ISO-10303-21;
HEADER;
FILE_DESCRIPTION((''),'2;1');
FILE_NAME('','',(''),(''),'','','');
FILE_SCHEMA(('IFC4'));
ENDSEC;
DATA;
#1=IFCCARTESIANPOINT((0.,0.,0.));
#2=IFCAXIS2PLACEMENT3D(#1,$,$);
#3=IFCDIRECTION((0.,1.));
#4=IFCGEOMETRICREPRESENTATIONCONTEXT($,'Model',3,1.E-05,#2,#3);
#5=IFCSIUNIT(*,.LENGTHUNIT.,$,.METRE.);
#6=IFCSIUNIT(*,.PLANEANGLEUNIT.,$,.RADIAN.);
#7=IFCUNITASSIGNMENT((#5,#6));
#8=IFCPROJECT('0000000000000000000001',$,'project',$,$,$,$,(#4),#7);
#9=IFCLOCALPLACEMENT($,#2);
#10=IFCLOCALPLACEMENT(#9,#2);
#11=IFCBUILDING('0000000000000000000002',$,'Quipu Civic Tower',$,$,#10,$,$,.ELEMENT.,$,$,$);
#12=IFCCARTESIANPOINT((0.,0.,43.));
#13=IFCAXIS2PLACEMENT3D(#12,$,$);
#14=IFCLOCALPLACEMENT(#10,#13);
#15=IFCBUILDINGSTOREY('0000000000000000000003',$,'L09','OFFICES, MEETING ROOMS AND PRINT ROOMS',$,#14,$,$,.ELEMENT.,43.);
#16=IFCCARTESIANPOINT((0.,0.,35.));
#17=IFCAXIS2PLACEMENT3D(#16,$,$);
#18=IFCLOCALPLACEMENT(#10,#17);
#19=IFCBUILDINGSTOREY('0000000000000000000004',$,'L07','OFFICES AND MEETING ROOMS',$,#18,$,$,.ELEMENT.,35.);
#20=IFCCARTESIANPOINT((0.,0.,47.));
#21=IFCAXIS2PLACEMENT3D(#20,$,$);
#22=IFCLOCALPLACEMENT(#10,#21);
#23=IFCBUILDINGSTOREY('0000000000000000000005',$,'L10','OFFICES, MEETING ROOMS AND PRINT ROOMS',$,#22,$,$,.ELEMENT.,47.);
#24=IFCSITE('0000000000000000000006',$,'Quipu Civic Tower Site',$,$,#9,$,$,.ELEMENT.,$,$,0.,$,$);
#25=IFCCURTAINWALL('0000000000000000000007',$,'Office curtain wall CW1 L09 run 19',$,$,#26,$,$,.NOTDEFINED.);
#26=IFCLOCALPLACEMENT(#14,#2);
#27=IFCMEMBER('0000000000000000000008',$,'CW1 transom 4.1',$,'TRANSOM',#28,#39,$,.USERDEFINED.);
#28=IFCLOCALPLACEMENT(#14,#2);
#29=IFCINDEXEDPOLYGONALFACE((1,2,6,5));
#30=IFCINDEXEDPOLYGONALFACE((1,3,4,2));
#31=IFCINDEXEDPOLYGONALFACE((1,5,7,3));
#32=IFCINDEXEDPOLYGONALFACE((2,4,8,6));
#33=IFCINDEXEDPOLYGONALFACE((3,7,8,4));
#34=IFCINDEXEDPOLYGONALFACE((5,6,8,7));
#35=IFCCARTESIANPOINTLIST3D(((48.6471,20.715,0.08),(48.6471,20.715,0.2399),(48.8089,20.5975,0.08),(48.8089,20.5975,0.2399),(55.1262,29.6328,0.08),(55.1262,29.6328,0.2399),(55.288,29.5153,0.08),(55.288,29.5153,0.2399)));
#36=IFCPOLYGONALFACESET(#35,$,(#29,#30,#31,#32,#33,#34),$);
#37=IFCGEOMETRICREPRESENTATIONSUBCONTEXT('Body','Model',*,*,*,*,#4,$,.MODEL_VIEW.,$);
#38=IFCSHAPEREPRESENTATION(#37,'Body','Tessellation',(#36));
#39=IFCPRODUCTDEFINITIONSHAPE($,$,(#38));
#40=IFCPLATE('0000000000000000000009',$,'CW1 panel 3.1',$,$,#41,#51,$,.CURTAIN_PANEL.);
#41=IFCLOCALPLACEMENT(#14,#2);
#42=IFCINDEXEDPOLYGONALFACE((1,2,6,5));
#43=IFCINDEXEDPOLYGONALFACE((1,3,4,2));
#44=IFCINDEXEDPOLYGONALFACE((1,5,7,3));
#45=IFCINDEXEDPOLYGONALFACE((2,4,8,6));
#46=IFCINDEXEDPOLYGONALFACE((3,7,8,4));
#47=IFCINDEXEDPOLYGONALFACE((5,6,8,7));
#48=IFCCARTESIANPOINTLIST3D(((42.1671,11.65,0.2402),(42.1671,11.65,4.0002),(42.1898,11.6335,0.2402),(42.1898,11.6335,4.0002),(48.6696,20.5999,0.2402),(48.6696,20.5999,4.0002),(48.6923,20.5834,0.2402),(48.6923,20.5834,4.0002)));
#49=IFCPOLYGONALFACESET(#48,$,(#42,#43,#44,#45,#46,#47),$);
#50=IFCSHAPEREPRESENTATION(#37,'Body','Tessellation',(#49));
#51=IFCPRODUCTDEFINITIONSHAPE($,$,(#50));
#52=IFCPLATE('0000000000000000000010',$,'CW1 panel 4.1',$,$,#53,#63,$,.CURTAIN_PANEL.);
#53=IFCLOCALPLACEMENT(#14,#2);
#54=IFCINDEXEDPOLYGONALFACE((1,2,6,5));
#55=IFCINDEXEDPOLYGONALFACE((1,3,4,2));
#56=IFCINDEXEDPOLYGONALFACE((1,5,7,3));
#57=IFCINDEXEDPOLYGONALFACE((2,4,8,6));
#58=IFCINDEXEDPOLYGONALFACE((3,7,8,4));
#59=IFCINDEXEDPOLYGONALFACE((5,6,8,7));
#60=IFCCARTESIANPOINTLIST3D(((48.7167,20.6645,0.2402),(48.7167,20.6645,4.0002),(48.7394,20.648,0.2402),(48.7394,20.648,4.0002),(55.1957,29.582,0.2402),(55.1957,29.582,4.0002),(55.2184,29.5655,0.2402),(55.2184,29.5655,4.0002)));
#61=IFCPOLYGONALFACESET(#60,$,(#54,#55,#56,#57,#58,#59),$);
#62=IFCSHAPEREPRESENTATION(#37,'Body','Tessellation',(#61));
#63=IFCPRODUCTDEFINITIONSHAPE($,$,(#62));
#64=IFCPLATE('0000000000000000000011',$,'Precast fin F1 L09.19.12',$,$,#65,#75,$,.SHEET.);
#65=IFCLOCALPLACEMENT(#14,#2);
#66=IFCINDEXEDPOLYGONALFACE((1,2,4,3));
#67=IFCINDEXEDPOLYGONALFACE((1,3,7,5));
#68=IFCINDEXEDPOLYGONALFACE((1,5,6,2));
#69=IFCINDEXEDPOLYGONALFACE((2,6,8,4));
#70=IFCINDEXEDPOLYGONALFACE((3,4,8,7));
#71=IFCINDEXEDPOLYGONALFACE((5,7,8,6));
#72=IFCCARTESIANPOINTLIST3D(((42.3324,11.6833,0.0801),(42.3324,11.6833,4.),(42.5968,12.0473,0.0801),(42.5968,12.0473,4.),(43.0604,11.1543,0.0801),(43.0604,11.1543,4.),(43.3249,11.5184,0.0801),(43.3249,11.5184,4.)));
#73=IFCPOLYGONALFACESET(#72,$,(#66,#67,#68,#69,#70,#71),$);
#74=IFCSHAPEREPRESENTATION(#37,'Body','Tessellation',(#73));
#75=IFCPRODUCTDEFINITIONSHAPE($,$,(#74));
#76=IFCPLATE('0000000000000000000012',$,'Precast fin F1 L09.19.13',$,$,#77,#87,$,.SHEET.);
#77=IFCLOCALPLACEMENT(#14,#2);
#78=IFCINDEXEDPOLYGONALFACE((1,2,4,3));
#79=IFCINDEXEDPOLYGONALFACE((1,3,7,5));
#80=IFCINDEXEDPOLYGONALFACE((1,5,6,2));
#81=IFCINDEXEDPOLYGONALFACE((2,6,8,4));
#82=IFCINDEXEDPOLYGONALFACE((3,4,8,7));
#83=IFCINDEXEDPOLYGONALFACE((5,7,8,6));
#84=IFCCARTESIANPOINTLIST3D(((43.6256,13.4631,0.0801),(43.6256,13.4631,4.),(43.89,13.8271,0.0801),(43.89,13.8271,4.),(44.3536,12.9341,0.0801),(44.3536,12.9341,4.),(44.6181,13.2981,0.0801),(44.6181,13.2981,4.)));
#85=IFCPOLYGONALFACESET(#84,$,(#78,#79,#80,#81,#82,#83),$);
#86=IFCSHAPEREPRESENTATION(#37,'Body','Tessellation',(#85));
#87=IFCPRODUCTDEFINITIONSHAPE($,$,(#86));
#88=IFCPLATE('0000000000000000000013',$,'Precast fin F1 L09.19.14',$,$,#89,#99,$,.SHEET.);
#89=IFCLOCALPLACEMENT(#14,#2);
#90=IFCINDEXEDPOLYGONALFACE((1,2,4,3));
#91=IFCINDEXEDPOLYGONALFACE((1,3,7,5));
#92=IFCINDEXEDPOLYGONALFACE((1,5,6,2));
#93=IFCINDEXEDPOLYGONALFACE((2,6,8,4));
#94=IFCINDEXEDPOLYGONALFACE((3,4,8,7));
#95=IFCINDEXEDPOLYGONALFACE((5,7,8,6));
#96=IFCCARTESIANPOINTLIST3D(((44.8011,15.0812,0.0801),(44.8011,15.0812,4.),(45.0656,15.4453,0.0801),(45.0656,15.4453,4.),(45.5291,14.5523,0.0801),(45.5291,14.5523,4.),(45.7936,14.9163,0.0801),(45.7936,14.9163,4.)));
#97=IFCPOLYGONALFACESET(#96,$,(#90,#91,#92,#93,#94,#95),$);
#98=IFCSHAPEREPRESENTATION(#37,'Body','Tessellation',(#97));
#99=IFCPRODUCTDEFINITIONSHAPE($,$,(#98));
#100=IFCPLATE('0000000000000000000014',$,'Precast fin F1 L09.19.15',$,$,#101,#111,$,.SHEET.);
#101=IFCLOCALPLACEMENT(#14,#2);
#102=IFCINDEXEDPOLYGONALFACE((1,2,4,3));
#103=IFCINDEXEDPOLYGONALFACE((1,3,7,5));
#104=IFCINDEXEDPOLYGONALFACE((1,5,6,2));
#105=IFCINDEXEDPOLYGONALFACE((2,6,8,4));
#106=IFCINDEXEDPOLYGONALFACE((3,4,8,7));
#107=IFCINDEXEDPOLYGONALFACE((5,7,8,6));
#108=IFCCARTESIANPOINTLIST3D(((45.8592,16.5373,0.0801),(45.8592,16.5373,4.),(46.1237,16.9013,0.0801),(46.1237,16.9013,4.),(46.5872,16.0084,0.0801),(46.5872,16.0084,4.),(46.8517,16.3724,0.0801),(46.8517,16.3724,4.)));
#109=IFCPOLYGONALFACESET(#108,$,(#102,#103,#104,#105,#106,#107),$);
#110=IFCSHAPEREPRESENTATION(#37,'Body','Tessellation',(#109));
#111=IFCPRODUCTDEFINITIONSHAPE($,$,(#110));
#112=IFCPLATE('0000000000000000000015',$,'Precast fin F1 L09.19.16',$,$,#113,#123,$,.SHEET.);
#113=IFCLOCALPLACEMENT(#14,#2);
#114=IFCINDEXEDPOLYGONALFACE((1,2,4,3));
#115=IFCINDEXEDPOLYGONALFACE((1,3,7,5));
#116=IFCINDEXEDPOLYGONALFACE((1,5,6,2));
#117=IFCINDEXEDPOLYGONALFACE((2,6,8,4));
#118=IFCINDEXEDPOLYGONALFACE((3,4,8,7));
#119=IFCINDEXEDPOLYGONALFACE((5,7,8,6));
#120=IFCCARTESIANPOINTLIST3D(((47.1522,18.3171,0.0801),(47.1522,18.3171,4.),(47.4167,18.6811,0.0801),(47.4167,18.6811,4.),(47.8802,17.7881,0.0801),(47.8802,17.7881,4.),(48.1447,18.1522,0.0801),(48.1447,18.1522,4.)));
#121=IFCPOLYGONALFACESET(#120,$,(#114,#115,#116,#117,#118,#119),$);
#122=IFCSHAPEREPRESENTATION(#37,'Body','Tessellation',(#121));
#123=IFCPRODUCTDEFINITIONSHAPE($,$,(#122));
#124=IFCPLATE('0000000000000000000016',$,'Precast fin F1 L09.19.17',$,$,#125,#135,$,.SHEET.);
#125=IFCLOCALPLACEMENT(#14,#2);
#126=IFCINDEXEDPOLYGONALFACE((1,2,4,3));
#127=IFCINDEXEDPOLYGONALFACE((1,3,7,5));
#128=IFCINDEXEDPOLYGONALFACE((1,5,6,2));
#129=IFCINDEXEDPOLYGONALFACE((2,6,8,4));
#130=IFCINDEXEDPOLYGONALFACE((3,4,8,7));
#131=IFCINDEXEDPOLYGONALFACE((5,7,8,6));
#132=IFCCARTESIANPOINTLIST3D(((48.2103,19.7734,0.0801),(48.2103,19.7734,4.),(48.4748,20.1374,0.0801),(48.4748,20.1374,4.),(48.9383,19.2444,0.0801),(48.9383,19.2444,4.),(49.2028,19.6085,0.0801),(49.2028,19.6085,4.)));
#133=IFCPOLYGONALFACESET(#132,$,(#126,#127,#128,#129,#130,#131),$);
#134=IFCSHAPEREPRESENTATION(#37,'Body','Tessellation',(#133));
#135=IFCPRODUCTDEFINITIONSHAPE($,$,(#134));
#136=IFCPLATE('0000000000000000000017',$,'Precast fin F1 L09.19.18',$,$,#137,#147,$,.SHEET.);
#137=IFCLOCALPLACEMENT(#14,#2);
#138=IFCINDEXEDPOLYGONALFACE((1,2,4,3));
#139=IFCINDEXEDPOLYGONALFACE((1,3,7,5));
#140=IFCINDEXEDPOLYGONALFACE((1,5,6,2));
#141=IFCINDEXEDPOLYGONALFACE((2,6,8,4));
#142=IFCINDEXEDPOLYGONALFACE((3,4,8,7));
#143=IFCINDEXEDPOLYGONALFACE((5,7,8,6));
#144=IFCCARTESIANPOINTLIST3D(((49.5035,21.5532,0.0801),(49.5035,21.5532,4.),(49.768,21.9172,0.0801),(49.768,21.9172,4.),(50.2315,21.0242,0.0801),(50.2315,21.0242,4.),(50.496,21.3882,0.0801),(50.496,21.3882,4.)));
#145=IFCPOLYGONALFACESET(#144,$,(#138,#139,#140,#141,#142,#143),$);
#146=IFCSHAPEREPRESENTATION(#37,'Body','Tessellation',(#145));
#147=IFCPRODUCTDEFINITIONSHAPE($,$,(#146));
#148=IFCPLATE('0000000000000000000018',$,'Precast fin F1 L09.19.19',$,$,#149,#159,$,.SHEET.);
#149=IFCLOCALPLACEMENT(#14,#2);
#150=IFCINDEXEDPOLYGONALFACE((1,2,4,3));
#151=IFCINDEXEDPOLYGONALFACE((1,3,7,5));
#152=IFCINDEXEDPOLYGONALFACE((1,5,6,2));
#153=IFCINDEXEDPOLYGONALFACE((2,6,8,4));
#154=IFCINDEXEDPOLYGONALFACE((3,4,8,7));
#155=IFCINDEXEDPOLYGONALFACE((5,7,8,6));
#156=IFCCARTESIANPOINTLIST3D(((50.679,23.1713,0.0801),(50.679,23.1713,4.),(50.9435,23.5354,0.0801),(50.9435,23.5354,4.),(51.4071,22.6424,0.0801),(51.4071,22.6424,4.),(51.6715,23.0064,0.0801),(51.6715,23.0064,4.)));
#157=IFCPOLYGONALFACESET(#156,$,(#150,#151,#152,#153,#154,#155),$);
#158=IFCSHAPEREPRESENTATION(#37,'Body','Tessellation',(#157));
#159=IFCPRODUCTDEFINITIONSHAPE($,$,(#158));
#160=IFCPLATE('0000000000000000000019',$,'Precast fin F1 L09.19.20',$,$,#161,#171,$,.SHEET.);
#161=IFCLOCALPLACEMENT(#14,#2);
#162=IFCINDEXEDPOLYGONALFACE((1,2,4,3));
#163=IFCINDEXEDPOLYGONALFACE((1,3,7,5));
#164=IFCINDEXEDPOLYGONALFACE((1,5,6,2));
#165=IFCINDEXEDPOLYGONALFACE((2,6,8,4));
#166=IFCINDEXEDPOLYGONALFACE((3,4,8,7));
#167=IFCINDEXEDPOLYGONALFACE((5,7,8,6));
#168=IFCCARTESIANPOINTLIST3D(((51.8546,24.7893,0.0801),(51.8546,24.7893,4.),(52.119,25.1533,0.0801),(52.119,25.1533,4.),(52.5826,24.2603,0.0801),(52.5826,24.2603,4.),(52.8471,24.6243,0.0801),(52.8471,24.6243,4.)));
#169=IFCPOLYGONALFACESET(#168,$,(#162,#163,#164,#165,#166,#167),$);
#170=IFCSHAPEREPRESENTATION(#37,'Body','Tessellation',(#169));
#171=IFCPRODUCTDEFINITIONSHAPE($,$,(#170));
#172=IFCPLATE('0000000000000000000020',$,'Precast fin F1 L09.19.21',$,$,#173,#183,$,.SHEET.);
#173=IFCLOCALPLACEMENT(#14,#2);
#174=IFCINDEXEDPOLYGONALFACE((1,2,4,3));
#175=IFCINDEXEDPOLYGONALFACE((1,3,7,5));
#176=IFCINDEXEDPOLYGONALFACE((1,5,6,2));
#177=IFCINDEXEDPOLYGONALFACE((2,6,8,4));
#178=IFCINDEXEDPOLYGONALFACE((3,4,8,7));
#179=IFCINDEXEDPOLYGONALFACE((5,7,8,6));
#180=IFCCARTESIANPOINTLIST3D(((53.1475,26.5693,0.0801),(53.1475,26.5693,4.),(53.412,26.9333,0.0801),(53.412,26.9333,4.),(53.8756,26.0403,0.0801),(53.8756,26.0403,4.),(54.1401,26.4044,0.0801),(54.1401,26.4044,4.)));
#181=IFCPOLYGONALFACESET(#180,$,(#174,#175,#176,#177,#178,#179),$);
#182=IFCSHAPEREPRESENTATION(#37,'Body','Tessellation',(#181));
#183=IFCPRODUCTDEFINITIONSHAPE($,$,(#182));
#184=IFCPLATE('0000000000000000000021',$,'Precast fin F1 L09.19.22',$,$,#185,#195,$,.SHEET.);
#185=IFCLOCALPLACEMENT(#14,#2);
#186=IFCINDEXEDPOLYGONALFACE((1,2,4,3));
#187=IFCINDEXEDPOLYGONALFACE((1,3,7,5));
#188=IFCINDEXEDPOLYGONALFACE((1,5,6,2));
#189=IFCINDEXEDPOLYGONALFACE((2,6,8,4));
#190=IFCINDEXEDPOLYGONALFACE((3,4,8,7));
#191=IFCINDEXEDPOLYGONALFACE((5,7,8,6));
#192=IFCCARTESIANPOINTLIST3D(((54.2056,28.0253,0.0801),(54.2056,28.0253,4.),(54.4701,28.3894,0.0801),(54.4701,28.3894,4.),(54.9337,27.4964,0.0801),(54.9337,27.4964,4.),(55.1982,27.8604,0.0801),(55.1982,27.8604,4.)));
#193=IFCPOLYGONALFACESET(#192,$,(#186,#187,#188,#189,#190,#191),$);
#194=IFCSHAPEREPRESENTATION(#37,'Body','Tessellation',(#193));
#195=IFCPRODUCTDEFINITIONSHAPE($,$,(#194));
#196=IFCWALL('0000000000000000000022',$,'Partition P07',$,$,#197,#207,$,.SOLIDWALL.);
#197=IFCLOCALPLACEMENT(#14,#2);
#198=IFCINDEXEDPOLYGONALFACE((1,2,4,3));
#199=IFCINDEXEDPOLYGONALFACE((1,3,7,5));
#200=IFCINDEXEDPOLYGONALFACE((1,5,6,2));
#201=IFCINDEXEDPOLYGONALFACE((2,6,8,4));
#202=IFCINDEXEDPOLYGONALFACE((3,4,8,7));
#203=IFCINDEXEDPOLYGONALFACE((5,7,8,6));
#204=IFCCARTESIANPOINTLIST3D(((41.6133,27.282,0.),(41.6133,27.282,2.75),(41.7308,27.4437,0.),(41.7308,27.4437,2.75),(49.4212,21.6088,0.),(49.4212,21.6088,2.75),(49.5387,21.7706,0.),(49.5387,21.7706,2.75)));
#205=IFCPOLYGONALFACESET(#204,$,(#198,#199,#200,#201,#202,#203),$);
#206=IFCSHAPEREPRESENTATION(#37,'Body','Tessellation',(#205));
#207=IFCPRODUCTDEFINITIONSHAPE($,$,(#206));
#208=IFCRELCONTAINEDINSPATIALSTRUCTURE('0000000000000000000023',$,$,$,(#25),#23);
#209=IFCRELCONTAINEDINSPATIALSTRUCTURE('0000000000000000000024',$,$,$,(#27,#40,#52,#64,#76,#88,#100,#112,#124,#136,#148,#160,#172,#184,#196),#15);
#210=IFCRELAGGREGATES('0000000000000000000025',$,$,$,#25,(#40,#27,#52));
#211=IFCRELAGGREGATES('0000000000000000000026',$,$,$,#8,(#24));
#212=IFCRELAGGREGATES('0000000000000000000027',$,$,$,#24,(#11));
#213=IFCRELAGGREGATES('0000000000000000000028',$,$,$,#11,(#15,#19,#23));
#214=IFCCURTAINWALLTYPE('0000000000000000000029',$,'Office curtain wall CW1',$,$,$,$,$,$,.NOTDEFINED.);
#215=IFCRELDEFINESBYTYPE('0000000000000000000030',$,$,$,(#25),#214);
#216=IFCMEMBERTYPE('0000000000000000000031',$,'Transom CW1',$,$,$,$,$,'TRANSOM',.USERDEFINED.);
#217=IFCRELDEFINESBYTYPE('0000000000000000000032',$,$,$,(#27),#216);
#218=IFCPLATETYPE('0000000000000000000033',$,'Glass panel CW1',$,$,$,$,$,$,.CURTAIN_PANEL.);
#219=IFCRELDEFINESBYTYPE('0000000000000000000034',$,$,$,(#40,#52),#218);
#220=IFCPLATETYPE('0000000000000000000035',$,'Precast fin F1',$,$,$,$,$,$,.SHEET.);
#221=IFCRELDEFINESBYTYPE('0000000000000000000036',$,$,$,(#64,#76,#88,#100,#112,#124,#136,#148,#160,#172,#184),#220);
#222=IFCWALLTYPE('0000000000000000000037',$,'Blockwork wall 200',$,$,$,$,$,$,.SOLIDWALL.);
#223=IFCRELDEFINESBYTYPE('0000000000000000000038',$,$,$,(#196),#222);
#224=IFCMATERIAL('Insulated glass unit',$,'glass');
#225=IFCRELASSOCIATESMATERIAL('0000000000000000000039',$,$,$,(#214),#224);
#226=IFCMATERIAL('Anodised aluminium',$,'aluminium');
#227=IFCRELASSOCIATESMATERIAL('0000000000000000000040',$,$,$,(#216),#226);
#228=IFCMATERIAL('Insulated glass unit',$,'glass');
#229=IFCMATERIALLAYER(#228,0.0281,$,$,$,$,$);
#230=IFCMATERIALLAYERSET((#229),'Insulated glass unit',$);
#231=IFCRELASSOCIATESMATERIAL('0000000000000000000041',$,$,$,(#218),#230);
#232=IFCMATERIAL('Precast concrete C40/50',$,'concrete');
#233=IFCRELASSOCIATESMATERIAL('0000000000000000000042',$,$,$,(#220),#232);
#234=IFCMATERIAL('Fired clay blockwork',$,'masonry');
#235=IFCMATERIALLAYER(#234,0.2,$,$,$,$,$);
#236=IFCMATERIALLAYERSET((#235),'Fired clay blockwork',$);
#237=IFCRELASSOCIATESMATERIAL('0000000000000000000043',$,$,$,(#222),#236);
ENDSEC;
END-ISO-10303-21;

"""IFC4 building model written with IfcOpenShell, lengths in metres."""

from ifc_helpers import new_model, si_unit, direction, frame, frame_2d, origin, origin_2d, place, context, subcontext, project, spatial, rectangle, extrude, material, layer, layer_set, material_profile, profile_set, type_object, element, aggregate, save


model = new_model("IFC4")

# Units and contexts
model_context = context("Model", 3, precision=1e-05, world=origin(), true_north=direction((0.0, 1.0)))
body_context = subcontext(model_context, "Body", "Model", "MODEL_VIEW")
ifc_project = project(units=[si_unit("LENGTHUNIT", "METRE"), si_unit("PLANEANGLEUNIT", "RADIAN")], contexts=[model_context])

# Site, building, storey
site_placement = place(None, origin())
site = spatial("IfcSite", under=ifc_project, at=site_placement, Name="Quipu Civic Tower Site", CompositionType="ELEMENT", RefElevation=0.0)
building_placement = place(site_placement, origin())
building = spatial("IfcBuilding", under=site, at=building_placement, Name="Quipu Civic Tower", CompositionType="ELEMENT")
storey_1_placement = place(building_placement, frame((0.0, 0.0, 43.0)))
storey_1 = spatial("IfcBuildingStorey", under=building, at=storey_1_placement, Name="L09", Description="OFFICES, MEETING ROOMS AND PRINT ROOMS", CompositionType="ELEMENT", Elevation=43.0)

# Shared definitions
storey_2_placement = place(building_placement, frame((0.0, 0.0, 35.0)))
storey_2 = spatial("IfcBuildingStorey", under=building, at=storey_2_placement, Name="L07", Description="OFFICES AND MEETING ROOMS", CompositionType="ELEMENT", Elevation=35.0)

# Shared definitions
ifc_material_1 = material(Name="Insulated glass unit", Category="glass")
curtain_wall_type = type_object("IfcCurtainWallType", Name="Office curtain wall CW1", PredefinedType="NOTDEFINED", material=ifc_material_1)
ifc_material_2 = material(Name="Anodised aluminium", Category="aluminium")
ifc_material_profile_1 = material_profile(ifc_material_2, rectangle(XDim=0.2, YDim=0.1599, at=origin_2d()), Name="RECT 200x160")
ifc_profile_set_1 = profile_set([ifc_material_profile_1], Name="Anodised aluminium")
member_type = type_object("IfcMemberType", Name="Transom CW1", ElementType="TRANSOM", PredefinedType="USERDEFINED", material=ifc_profile_set_1)

# Shared definitions
storey_3_placement = place(building_placement, frame((0.0, 0.0, 47.0)))
storey_3 = spatial("IfcBuildingStorey", under=building, at=storey_3_placement, Name="L10", Description="OFFICES, MEETING ROOMS AND PRINT ROOMS", CompositionType="ELEMENT", Elevation=47.0)

# Curtain wall, member, plates
curtain_wall_1_placement = place(storey_3_placement, origin())
curtain_wall_1 = element("IfcCurtainWall", 1, at=curtain_wall_1_placement, inside=storey_3, type_object=curtain_wall_type, Name="Office curtain wall CW1 L09 run 19", PredefinedType="NOTDEFINED")
member_1_placement = place(storey_1_placement, frame((48.728, 20.6562, 0.1599), z_axis=(0.587779, 0.809021, 0.0), x_axis=(-0.809021, 0.587779, 0.0)))
member_1 = element("IfcMember", 2, at=member_1_placement, inside=storey_1, type_object=member_type, Name="CW1 transom 4.1", ObjectType="TRANSOM", PredefinedType="USERDEFINED", context=body_context, shape_type="SweptSolid", body=[
    extrude(rectangle(XDim=0.2, YDim=0.1599, at=origin_2d()), origin(), (0.0, 0.0, 1.0), 11.0229),
])
ifc_material_3 = material(Name="Insulated glass unit", Category="glass")
ifc_layer_1 = layer(ifc_material_3, 0.0281)
ifc_layer_set_1 = layer_set([ifc_layer_1], Name="Insulated glass unit")
plate_type_1 = type_object("IfcPlateType", Name="Glass panel CW1", PredefinedType="CURTAIN_PANEL", material=ifc_layer_set_1)
plate_1_placement = place(storey_1_placement, frame((45.4297, 16.1167, 0.2402), z_axis=(0.0, 0.0, 1.0), x_axis=(0.587786, 0.809017, 0.0)))
plate_1 = element("IfcPlate", 3, at=plate_1_placement, inside=storey_1, type_object=plate_type_1, Name="CW1 panel 3.1", PredefinedType="CURTAIN_PANEL", context=body_context, shape_type="SweptSolid", body=[
    extrude(rectangle(XDim=11.0627, YDim=0.0281, at=origin_2d()), origin(), (0.0, 0.0, 1.0), 3.76),
])
plate_2_placement = place(storey_1_placement, frame((51.9675, 25.115, 0.2402), z_axis=(0.0, 0.0, 1.0), x_axis=(0.587786, 0.809017, 0.0)))
plate_2 = element("IfcPlate", 4, at=plate_2_placement, inside=storey_1, type_object=plate_type_1, Name="CW1 panel 4.1", PredefinedType="CURTAIN_PANEL", context=body_context, shape_type="SweptSolid", body=[
    extrude(rectangle(XDim=11.0227, YDim=0.0281, at=origin_2d()), origin(), (0.0, 0.0, 1.0), 3.76),
])
aggregate(curtain_wall_1, [plate_1, member_1, plate_2])

# Plates
ifc_material_4 = material(Name="Precast concrete C40/50", Category="concrete")
plate_type_2 = type_object("IfcPlateType", Name="Precast fin F1", PredefinedType="SHEET", material=ifc_material_4)
for number, where, z_axis, x_axis, name in (
    (5, (42.8286, 11.6008, 0.0801), (0.0, 0.0, 1.0), (0.587786, 0.809017, 0.0), "Precast fin F1 L09.19.12"),
    (6, (44.1218, 13.3806, 0.0801), (0.0, 0.0, 1.0), (0.587786, 0.809017, 0.0), "Precast fin F1 L09.19.13"),
    (7, (45.2974, 14.9988, 0.0801), (0.0, 0.0, 1.0), (0.587786, 0.809017, 0.0), "Precast fin F1 L09.19.14"),
    (8, (46.3555, 16.4548, 0.0801), (0.0, 0.0, 1.0), (0.587786, 0.809017, 0.0), "Precast fin F1 L09.19.15"),
    (9, (47.6484, 18.2346, 0.0801), (0.0, 0.0, 1.0), (0.587786, 0.809017, 0.0), "Precast fin F1 L09.19.16"),
    (10, (48.7065, 19.6909, 0.0801), (0.0, 0.0, 1.0), (0.587786, 0.809017, 0.0), "Precast fin F1 L09.19.17"),
    (11, (49.9998, 21.4707, 0.0801), (0.0, 0.0, 1.0), (0.587786, 0.809017, 0.0), "Precast fin F1 L09.19.18"),
    (12, (51.1753, 23.0889, 0.0801), (0.0, 0.0, 1.0), (0.587786, 0.809017, 0.0), "Precast fin F1 L09.19.19"),
    (13, (52.3508, 24.7068, 0.0801), (0.0, 0.0, 1.0), (0.587786, 0.809017, 0.0), "Precast fin F1 L09.19.20"),
    (14, (53.6438, 26.4868, 0.0801), (0.0, 0.0, 1.0), (0.587786, 0.809017, 0.0), "Precast fin F1 L09.19.21"),
    (15, (54.7019, 27.9429, 0.0801), (0.0, 0.0, 1.0), (0.587786, 0.809017, 0.0), "Precast fin F1 L09.19.22"),
):
    element("IfcPlate", number, at=place(storey_1_placement, frame(where, z_axis=z_axis, x_axis=x_axis)), inside=storey_1, type_object=plate_type_2, Name=name, PredefinedType="SHEET", context=body_context, shape_type="SweptSolid", body=[
        extrude(rectangle(XDim=0.45, YDim=0.8999, at=origin_2d()), origin(), (0.0, 0.0, 1.0), 3.9199),
    ])

# Wall
ifc_material_5 = material(Name="Fired clay blockwork", Category="masonry")
ifc_layer_2 = layer(ifc_material_5, 0.2)
ifc_layer_set_2 = layer_set([ifc_layer_2], Name="Fired clay blockwork")
wall_type_1 = type_object("IfcWallType", Name="Blockwork wall 200", PredefinedType="SOLIDWALL", material=ifc_layer_set_2)
wall_1_placement = place(storey_1_placement, frame((49.48, 21.6897, 0.0), z_axis=(0.0, 0.0, 1.0), x_axis=(-0.809, 0.587809, 0.0)))
element("IfcWall", 16, at=wall_1_placement, inside=storey_1, type_object=wall_type_1, Name="Partition P07", PredefinedType="SOLIDWALL", context=body_context, shape_type="SweptSolid", body=[
    extrude(rectangle(XDim=9.6514, YDim=0.2, at=frame_2d((4.8257, 0.0))), origin(), (0.0, 0.0, 1.0), 2.75),
])

save(model, "model.ifc")
